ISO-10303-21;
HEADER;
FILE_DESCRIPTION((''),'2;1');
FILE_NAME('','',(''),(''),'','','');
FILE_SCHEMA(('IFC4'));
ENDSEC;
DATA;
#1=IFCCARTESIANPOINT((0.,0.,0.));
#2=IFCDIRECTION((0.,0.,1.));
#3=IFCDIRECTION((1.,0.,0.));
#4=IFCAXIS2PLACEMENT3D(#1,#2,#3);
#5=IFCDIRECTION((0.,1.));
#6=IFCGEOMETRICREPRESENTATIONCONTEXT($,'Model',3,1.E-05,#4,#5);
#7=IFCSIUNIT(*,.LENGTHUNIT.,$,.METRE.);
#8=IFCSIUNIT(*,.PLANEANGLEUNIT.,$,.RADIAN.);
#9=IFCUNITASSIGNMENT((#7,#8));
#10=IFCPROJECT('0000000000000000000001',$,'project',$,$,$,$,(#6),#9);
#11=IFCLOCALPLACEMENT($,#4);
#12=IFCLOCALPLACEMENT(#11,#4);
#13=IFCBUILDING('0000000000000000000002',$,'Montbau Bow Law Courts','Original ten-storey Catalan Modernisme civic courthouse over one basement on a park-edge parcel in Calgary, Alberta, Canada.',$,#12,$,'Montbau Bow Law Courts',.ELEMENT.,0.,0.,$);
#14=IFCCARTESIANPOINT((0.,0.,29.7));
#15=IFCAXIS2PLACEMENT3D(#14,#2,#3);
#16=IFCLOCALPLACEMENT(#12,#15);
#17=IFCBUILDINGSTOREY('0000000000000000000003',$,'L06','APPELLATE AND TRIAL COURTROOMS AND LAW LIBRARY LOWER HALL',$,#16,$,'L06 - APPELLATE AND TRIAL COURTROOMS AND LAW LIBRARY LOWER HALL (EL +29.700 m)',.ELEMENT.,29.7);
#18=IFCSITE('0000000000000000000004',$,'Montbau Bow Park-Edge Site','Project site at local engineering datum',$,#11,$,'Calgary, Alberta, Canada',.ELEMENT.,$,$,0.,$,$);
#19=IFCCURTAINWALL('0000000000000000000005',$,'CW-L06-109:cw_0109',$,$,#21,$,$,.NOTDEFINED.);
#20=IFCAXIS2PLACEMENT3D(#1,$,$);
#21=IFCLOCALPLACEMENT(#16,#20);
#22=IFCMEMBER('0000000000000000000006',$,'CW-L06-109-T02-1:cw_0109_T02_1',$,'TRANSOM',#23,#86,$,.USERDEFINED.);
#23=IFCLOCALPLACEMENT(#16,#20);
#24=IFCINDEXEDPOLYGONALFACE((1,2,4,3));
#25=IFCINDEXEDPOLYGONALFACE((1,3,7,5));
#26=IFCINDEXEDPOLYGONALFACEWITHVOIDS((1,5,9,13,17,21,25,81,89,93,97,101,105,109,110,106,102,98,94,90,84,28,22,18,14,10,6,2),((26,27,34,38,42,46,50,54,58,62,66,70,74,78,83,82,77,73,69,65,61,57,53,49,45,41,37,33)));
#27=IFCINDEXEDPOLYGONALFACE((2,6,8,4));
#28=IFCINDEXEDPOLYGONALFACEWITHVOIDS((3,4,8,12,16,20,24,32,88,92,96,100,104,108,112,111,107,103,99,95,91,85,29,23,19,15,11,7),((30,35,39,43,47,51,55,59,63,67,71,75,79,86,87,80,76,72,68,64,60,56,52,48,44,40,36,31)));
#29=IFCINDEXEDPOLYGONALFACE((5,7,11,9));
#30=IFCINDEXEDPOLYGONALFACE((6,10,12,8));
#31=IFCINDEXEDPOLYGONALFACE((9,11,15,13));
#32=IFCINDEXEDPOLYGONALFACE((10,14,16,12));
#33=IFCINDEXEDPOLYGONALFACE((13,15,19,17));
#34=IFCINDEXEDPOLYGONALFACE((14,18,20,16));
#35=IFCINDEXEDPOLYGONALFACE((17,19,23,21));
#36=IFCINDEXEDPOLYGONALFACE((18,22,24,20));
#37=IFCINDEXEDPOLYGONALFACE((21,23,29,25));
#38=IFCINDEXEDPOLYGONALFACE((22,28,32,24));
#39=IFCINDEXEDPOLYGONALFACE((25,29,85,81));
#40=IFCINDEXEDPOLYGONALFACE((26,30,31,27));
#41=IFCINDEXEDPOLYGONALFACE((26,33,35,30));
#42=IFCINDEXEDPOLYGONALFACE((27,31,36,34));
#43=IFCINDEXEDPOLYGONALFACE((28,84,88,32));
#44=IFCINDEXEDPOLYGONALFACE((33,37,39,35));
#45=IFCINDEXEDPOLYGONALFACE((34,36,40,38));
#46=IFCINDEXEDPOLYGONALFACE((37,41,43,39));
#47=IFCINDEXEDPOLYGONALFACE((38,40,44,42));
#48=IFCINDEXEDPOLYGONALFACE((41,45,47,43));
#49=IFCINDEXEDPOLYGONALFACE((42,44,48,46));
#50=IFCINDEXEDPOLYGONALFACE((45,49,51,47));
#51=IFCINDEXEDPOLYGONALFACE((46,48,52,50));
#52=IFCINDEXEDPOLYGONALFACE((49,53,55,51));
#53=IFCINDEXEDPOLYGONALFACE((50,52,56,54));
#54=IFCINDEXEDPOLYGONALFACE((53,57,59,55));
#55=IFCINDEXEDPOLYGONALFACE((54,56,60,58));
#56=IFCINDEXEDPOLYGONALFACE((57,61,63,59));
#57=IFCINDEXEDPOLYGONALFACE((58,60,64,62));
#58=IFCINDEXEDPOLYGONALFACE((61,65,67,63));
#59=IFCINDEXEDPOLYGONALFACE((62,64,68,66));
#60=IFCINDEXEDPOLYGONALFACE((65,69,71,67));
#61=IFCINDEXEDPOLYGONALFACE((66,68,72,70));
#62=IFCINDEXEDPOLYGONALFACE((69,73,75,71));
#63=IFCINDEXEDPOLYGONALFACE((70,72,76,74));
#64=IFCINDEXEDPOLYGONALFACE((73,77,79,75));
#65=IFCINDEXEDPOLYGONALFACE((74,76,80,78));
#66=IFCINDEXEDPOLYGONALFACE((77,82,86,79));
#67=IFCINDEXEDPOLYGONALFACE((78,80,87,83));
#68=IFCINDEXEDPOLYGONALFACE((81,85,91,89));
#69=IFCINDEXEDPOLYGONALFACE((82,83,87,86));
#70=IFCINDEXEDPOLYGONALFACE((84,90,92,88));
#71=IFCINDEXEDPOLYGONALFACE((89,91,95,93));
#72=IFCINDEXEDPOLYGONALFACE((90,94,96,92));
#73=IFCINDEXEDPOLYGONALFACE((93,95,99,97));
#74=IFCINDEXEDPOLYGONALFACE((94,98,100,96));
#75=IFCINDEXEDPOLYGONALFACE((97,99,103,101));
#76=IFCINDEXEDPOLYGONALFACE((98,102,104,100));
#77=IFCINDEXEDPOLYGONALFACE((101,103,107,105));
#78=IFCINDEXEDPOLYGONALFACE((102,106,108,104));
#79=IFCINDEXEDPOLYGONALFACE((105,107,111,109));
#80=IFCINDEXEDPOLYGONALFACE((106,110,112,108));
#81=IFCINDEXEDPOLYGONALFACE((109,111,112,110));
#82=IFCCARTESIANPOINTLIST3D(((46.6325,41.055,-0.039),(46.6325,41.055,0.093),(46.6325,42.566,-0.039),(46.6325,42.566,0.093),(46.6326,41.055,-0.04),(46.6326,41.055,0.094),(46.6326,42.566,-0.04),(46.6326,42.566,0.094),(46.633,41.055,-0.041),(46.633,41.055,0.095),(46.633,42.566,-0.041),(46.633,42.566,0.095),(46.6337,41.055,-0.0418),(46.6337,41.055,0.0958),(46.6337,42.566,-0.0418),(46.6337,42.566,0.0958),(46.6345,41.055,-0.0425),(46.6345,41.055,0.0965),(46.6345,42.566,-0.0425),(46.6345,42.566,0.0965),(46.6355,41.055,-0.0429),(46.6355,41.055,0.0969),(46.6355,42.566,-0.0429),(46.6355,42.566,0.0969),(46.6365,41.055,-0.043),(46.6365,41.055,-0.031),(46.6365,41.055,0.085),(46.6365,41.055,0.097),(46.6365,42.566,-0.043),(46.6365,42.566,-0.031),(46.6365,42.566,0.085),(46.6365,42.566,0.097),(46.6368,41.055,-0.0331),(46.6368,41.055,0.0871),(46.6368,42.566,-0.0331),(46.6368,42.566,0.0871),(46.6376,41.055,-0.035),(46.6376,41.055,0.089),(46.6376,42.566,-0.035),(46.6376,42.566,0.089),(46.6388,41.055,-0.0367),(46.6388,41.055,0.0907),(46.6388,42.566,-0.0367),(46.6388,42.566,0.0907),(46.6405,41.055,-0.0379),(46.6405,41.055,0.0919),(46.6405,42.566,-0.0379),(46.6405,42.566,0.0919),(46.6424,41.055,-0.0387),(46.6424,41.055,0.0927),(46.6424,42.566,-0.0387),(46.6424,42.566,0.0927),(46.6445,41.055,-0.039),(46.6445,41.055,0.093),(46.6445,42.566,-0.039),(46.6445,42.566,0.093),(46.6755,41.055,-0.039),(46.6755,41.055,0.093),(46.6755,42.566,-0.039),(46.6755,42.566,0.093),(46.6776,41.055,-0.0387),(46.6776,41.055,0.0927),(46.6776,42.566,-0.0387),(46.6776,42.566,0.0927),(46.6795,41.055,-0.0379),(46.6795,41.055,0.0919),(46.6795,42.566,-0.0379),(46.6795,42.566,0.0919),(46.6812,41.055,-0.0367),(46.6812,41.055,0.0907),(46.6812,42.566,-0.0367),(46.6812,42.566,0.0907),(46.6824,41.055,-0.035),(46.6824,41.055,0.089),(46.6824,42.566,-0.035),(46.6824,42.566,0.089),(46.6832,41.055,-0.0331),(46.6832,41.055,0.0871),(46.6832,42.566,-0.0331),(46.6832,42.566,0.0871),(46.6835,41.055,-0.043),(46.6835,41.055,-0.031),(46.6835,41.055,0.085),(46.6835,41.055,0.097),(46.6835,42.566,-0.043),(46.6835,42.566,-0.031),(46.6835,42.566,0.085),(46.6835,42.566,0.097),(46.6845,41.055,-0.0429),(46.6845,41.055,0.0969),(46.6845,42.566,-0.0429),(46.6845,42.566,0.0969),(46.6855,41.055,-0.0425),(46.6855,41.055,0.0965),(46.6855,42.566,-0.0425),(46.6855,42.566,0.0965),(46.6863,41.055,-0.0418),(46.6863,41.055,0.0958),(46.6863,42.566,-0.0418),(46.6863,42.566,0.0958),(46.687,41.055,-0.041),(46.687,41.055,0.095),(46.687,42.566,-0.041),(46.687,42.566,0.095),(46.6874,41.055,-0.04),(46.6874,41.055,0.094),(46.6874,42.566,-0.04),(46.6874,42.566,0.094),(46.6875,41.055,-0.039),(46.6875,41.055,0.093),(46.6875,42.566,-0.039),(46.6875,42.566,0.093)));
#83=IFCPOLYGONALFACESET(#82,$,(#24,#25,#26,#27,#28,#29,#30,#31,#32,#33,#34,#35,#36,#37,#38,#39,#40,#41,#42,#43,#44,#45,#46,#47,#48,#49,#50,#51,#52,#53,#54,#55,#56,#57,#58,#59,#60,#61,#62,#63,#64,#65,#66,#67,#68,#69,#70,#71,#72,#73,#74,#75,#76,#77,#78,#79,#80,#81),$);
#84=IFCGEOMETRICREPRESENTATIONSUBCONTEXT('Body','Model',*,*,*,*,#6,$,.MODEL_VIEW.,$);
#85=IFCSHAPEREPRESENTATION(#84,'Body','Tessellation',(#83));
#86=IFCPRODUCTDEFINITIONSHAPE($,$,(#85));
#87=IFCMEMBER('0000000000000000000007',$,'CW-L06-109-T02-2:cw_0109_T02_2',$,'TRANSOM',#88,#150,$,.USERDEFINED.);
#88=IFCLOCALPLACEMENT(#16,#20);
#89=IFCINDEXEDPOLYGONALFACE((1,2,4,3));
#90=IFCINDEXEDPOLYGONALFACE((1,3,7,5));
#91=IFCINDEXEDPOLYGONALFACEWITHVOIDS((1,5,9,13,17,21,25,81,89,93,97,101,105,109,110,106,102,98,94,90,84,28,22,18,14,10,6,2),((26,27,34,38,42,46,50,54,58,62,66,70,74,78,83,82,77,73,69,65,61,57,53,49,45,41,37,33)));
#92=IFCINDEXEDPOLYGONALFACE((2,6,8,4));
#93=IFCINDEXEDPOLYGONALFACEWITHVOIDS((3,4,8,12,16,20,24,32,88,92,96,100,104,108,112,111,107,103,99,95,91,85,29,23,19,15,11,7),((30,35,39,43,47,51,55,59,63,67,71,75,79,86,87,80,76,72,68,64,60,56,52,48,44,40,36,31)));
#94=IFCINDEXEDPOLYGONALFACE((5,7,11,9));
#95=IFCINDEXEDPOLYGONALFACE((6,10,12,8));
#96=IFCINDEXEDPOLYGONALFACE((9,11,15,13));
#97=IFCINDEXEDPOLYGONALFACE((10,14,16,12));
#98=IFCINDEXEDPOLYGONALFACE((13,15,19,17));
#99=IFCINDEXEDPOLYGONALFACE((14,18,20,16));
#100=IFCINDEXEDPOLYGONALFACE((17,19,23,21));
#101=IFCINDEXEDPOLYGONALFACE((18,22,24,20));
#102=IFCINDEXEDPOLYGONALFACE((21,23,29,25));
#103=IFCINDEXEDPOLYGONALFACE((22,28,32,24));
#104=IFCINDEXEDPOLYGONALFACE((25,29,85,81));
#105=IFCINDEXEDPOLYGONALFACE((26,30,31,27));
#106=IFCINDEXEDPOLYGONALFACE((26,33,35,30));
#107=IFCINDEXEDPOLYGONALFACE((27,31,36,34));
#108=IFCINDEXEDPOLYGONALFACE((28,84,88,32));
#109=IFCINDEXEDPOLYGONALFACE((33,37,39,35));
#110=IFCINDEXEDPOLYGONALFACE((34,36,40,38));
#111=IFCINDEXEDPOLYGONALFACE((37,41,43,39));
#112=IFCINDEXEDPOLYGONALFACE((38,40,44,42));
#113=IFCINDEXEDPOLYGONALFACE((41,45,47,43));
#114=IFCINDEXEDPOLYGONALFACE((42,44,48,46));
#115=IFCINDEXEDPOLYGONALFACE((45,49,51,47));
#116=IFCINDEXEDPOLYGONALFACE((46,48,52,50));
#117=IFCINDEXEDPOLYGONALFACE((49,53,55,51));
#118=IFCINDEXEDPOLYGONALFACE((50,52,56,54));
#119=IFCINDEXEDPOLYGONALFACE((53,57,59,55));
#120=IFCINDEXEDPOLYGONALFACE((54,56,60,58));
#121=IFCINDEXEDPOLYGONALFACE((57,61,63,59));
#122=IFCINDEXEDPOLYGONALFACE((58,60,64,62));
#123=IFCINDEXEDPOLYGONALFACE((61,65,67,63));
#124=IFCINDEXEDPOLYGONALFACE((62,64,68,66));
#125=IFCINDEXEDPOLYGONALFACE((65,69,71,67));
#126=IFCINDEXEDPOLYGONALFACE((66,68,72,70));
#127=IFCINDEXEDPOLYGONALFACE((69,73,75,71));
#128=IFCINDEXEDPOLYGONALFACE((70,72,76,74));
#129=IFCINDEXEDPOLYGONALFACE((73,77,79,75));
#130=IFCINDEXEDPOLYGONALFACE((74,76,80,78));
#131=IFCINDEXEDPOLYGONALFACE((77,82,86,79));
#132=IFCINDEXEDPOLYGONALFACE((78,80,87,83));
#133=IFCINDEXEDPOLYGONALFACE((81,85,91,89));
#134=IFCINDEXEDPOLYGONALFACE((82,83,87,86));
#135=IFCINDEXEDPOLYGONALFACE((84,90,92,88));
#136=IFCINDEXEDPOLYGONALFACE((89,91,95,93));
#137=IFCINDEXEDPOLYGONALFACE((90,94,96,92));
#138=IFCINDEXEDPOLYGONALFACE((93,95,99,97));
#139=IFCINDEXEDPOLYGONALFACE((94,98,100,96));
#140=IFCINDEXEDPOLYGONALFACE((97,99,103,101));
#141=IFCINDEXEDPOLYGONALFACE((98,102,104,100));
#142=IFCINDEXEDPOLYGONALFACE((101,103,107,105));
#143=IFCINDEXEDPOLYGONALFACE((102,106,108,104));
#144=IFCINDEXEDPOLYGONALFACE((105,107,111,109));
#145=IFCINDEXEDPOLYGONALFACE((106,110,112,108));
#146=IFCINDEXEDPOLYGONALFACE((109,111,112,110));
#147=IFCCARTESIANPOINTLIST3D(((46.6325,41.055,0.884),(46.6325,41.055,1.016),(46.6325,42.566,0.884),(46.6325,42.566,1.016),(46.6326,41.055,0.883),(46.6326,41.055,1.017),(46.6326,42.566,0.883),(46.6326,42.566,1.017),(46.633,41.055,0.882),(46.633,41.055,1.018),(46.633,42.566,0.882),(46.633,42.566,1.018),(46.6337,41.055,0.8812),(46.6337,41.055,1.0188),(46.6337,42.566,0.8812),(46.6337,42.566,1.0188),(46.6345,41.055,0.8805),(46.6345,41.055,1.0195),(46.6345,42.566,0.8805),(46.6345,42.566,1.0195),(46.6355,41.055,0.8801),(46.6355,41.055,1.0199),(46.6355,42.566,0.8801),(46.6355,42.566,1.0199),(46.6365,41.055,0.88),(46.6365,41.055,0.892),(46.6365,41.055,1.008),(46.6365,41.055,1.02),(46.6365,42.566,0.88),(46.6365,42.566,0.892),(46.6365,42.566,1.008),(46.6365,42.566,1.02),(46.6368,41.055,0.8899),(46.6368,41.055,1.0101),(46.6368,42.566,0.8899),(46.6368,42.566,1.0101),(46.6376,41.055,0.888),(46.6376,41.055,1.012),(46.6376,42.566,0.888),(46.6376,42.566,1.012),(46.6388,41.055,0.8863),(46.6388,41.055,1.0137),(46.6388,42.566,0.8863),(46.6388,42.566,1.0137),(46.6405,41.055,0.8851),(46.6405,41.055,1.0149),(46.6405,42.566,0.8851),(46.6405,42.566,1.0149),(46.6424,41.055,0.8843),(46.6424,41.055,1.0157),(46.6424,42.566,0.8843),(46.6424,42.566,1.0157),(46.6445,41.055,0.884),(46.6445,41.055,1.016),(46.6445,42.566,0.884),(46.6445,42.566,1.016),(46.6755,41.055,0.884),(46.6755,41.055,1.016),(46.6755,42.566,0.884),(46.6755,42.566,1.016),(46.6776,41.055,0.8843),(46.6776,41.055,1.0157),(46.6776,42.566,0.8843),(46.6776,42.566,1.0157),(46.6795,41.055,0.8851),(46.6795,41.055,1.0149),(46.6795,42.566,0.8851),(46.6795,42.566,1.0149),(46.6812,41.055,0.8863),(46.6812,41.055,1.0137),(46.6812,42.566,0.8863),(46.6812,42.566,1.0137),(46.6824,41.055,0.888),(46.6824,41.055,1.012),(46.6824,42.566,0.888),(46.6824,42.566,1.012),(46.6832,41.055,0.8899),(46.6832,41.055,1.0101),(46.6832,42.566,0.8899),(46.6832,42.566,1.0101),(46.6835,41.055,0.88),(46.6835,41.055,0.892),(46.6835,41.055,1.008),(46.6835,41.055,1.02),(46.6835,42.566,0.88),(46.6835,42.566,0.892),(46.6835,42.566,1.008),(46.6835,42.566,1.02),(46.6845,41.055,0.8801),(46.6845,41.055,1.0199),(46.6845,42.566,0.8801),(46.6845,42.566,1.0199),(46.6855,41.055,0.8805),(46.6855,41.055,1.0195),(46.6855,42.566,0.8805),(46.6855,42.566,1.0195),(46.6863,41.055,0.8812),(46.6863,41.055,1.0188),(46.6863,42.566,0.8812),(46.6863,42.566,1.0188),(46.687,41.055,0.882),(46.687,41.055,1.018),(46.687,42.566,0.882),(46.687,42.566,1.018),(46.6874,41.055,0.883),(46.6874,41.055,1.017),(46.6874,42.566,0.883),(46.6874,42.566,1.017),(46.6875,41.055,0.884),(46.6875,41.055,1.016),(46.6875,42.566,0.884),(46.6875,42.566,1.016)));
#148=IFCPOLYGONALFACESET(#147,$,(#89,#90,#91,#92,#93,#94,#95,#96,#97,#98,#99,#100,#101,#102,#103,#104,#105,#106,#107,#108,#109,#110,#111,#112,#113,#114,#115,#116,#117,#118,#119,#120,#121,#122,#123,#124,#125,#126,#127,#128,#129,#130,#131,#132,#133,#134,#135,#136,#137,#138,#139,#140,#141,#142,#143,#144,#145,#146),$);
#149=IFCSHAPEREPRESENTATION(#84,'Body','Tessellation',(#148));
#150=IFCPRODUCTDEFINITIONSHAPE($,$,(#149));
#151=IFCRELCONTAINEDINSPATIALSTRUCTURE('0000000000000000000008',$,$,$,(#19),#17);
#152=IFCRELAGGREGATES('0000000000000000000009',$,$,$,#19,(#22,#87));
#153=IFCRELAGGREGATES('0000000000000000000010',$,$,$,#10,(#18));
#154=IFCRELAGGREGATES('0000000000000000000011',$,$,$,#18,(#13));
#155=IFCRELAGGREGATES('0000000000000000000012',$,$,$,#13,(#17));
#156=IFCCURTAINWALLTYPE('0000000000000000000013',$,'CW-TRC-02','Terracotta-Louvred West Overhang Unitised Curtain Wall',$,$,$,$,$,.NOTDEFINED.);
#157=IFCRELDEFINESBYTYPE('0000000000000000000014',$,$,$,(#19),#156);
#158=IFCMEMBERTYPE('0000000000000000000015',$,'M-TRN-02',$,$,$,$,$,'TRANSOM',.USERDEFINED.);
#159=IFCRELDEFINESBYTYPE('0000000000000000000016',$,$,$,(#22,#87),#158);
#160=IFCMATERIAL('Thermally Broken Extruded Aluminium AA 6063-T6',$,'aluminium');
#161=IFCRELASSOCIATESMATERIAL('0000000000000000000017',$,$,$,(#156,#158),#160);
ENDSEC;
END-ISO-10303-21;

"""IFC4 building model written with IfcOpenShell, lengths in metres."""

from ifc_helpers import new_model, si_unit, direction, frame, origin_with_axes, origin_2d_with_axis, place, context, subcontext, project, spatial, hollow_rectangle, extrude, material, material_profile, profile_set, type_object, element, aggregate, save


model = new_model("IFC4")

# Units and contexts
model_context = context("Model", 3, precision=1e-05, world=origin_with_axes(), true_north=direction((0.0, 1.0)))
body_context = subcontext(model_context, "Body", "Model", "MODEL_VIEW")
ifc_project = project(units=[si_unit("LENGTHUNIT", "METRE"), si_unit("PLANEANGLEUNIT", "RADIAN")], contexts=[model_context])

# Site, building, storey
site_placement = place(None, origin_with_axes())
site = spatial("IfcSite", under=ifc_project, at=site_placement, Name="Montbau Bow Park-Edge Site", Description="Project site at local engineering datum", LongName="Calgary, Alberta, Canada", CompositionType="ELEMENT", RefElevation=0.0)
building_placement = place(site_placement, origin_with_axes())
building = spatial("IfcBuilding", under=site, at=building_placement, Name="Montbau Bow Law Courts", Description="Original ten-storey Catalan Modernisme civic courthouse over one basement on a park-edge parcel in Calgary, Alberta, Canada.", LongName="Montbau Bow Law Courts", CompositionType="ELEMENT", ElevationOfRefHeight=0.0, ElevationOfTerrain=0.0)
storey_placement = place(building_placement, frame((0.0, 0.0, 29.7), z_axis=(0.0, 0.0, 1.0), x_axis=(1.0, 0.0, 0.0)))
storey = spatial("IfcBuildingStorey", under=building, at=storey_placement, Name="L06", Description="APPELLATE AND TRIAL COURTROOMS AND LAW LIBRARY LOWER HALL", LongName="L06 - APPELLATE AND TRIAL COURTROOMS AND LAW LIBRARY LOWER HALL (EL +29.700 m)", CompositionType="ELEMENT", Elevation=29.7)

# Shared definitions
ifc_material_1 = material(Name="Thermally Broken Extruded Aluminium AA 6063-T6", Category="aluminium")
curtain_wall_type = type_object("IfcCurtainWallType", Name="CW-TRC-02", Description="Terracotta-Louvred West Overhang Unitised Curtain Wall", PredefinedType="NOTDEFINED", material=ifc_material_1)

# Curtain wall
curtain_wall_1_placement = place(None, frame((46.66, 39.44, 29.7), z_axis=(0.0, 0.0, 1.0), x_axis=(1.0, 0.0, 0.0)))
curtain_wall_1 = element("IfcCurtainWall", 1, at=curtain_wall_1_placement, inside=storey, type_object=curtain_wall_type, Name="CW-L06-109:cw_0109", PredefinedType="NOTDEFINED")

# Members
ifc_material_profile_1 = material_profile(ifc_material_1, hollow_rectangle(XDim=0.055, YDim=0.14, WallThickness=0.004, InnerFilletRadius=0.008, OuterFilletRadius=0.004, at=origin_2d_with_axis()), Name="CWT-140X55", Category="Main", Priority=0)
ifc_profile_set_1 = profile_set([ifc_material_profile_1], Name="Thermally Broken Extruded Aluminium AA 6063-T6")
member_type_1 = type_object("IfcMemberType", Name="M-TRN-02", ElementType="TRANSOM", PredefinedType="USERDEFINED", material=ifc_profile_set_1)
member_1_placement = place(None, frame((46.66, 41.055, 29.727), z_axis=(0.0, 1.0, 0.0), x_axis=(-1.0, 0.0, 0.0)))
member_1 = element("IfcMember", 2, at=member_1_placement, type_object=member_type_1, Name="CW-L06-109-T02-1:cw_0109_T02_1", ObjectType="TRANSOM", PredefinedType="USERDEFINED", context=body_context, shape_type="SweptSolid", body=[
    extrude(hollow_rectangle(XDim=0.055, YDim=0.14, WallThickness=0.004, InnerFilletRadius=0.008, OuterFilletRadius=0.004, at=origin_2d_with_axis()), origin_with_axes(), (0.0, 0.0, 1.0), 1.511),
])
member_2_placement = place(None, frame((46.66, 41.055, 30.65), z_axis=(0.0, 1.0, 0.0), x_axis=(-1.0, 0.0, 0.0)))
member_2 = element("IfcMember", 3, at=member_2_placement, type_object=member_type_1, Name="CW-L06-109-T02-2:cw_0109_T02_2", ObjectType="TRANSOM", PredefinedType="USERDEFINED", context=body_context, shape_type="SweptSolid", body=[
    extrude(hollow_rectangle(XDim=0.055, YDim=0.14, WallThickness=0.004, InnerFilletRadius=0.008, OuterFilletRadius=0.004, at=origin_2d_with_axis()), origin_with_axes(), (0.0, 0.0, 1.0), 1.511),
])

aggregate(curtain_wall_1, [member_1, member_2])

save(model, "model.ifc")
